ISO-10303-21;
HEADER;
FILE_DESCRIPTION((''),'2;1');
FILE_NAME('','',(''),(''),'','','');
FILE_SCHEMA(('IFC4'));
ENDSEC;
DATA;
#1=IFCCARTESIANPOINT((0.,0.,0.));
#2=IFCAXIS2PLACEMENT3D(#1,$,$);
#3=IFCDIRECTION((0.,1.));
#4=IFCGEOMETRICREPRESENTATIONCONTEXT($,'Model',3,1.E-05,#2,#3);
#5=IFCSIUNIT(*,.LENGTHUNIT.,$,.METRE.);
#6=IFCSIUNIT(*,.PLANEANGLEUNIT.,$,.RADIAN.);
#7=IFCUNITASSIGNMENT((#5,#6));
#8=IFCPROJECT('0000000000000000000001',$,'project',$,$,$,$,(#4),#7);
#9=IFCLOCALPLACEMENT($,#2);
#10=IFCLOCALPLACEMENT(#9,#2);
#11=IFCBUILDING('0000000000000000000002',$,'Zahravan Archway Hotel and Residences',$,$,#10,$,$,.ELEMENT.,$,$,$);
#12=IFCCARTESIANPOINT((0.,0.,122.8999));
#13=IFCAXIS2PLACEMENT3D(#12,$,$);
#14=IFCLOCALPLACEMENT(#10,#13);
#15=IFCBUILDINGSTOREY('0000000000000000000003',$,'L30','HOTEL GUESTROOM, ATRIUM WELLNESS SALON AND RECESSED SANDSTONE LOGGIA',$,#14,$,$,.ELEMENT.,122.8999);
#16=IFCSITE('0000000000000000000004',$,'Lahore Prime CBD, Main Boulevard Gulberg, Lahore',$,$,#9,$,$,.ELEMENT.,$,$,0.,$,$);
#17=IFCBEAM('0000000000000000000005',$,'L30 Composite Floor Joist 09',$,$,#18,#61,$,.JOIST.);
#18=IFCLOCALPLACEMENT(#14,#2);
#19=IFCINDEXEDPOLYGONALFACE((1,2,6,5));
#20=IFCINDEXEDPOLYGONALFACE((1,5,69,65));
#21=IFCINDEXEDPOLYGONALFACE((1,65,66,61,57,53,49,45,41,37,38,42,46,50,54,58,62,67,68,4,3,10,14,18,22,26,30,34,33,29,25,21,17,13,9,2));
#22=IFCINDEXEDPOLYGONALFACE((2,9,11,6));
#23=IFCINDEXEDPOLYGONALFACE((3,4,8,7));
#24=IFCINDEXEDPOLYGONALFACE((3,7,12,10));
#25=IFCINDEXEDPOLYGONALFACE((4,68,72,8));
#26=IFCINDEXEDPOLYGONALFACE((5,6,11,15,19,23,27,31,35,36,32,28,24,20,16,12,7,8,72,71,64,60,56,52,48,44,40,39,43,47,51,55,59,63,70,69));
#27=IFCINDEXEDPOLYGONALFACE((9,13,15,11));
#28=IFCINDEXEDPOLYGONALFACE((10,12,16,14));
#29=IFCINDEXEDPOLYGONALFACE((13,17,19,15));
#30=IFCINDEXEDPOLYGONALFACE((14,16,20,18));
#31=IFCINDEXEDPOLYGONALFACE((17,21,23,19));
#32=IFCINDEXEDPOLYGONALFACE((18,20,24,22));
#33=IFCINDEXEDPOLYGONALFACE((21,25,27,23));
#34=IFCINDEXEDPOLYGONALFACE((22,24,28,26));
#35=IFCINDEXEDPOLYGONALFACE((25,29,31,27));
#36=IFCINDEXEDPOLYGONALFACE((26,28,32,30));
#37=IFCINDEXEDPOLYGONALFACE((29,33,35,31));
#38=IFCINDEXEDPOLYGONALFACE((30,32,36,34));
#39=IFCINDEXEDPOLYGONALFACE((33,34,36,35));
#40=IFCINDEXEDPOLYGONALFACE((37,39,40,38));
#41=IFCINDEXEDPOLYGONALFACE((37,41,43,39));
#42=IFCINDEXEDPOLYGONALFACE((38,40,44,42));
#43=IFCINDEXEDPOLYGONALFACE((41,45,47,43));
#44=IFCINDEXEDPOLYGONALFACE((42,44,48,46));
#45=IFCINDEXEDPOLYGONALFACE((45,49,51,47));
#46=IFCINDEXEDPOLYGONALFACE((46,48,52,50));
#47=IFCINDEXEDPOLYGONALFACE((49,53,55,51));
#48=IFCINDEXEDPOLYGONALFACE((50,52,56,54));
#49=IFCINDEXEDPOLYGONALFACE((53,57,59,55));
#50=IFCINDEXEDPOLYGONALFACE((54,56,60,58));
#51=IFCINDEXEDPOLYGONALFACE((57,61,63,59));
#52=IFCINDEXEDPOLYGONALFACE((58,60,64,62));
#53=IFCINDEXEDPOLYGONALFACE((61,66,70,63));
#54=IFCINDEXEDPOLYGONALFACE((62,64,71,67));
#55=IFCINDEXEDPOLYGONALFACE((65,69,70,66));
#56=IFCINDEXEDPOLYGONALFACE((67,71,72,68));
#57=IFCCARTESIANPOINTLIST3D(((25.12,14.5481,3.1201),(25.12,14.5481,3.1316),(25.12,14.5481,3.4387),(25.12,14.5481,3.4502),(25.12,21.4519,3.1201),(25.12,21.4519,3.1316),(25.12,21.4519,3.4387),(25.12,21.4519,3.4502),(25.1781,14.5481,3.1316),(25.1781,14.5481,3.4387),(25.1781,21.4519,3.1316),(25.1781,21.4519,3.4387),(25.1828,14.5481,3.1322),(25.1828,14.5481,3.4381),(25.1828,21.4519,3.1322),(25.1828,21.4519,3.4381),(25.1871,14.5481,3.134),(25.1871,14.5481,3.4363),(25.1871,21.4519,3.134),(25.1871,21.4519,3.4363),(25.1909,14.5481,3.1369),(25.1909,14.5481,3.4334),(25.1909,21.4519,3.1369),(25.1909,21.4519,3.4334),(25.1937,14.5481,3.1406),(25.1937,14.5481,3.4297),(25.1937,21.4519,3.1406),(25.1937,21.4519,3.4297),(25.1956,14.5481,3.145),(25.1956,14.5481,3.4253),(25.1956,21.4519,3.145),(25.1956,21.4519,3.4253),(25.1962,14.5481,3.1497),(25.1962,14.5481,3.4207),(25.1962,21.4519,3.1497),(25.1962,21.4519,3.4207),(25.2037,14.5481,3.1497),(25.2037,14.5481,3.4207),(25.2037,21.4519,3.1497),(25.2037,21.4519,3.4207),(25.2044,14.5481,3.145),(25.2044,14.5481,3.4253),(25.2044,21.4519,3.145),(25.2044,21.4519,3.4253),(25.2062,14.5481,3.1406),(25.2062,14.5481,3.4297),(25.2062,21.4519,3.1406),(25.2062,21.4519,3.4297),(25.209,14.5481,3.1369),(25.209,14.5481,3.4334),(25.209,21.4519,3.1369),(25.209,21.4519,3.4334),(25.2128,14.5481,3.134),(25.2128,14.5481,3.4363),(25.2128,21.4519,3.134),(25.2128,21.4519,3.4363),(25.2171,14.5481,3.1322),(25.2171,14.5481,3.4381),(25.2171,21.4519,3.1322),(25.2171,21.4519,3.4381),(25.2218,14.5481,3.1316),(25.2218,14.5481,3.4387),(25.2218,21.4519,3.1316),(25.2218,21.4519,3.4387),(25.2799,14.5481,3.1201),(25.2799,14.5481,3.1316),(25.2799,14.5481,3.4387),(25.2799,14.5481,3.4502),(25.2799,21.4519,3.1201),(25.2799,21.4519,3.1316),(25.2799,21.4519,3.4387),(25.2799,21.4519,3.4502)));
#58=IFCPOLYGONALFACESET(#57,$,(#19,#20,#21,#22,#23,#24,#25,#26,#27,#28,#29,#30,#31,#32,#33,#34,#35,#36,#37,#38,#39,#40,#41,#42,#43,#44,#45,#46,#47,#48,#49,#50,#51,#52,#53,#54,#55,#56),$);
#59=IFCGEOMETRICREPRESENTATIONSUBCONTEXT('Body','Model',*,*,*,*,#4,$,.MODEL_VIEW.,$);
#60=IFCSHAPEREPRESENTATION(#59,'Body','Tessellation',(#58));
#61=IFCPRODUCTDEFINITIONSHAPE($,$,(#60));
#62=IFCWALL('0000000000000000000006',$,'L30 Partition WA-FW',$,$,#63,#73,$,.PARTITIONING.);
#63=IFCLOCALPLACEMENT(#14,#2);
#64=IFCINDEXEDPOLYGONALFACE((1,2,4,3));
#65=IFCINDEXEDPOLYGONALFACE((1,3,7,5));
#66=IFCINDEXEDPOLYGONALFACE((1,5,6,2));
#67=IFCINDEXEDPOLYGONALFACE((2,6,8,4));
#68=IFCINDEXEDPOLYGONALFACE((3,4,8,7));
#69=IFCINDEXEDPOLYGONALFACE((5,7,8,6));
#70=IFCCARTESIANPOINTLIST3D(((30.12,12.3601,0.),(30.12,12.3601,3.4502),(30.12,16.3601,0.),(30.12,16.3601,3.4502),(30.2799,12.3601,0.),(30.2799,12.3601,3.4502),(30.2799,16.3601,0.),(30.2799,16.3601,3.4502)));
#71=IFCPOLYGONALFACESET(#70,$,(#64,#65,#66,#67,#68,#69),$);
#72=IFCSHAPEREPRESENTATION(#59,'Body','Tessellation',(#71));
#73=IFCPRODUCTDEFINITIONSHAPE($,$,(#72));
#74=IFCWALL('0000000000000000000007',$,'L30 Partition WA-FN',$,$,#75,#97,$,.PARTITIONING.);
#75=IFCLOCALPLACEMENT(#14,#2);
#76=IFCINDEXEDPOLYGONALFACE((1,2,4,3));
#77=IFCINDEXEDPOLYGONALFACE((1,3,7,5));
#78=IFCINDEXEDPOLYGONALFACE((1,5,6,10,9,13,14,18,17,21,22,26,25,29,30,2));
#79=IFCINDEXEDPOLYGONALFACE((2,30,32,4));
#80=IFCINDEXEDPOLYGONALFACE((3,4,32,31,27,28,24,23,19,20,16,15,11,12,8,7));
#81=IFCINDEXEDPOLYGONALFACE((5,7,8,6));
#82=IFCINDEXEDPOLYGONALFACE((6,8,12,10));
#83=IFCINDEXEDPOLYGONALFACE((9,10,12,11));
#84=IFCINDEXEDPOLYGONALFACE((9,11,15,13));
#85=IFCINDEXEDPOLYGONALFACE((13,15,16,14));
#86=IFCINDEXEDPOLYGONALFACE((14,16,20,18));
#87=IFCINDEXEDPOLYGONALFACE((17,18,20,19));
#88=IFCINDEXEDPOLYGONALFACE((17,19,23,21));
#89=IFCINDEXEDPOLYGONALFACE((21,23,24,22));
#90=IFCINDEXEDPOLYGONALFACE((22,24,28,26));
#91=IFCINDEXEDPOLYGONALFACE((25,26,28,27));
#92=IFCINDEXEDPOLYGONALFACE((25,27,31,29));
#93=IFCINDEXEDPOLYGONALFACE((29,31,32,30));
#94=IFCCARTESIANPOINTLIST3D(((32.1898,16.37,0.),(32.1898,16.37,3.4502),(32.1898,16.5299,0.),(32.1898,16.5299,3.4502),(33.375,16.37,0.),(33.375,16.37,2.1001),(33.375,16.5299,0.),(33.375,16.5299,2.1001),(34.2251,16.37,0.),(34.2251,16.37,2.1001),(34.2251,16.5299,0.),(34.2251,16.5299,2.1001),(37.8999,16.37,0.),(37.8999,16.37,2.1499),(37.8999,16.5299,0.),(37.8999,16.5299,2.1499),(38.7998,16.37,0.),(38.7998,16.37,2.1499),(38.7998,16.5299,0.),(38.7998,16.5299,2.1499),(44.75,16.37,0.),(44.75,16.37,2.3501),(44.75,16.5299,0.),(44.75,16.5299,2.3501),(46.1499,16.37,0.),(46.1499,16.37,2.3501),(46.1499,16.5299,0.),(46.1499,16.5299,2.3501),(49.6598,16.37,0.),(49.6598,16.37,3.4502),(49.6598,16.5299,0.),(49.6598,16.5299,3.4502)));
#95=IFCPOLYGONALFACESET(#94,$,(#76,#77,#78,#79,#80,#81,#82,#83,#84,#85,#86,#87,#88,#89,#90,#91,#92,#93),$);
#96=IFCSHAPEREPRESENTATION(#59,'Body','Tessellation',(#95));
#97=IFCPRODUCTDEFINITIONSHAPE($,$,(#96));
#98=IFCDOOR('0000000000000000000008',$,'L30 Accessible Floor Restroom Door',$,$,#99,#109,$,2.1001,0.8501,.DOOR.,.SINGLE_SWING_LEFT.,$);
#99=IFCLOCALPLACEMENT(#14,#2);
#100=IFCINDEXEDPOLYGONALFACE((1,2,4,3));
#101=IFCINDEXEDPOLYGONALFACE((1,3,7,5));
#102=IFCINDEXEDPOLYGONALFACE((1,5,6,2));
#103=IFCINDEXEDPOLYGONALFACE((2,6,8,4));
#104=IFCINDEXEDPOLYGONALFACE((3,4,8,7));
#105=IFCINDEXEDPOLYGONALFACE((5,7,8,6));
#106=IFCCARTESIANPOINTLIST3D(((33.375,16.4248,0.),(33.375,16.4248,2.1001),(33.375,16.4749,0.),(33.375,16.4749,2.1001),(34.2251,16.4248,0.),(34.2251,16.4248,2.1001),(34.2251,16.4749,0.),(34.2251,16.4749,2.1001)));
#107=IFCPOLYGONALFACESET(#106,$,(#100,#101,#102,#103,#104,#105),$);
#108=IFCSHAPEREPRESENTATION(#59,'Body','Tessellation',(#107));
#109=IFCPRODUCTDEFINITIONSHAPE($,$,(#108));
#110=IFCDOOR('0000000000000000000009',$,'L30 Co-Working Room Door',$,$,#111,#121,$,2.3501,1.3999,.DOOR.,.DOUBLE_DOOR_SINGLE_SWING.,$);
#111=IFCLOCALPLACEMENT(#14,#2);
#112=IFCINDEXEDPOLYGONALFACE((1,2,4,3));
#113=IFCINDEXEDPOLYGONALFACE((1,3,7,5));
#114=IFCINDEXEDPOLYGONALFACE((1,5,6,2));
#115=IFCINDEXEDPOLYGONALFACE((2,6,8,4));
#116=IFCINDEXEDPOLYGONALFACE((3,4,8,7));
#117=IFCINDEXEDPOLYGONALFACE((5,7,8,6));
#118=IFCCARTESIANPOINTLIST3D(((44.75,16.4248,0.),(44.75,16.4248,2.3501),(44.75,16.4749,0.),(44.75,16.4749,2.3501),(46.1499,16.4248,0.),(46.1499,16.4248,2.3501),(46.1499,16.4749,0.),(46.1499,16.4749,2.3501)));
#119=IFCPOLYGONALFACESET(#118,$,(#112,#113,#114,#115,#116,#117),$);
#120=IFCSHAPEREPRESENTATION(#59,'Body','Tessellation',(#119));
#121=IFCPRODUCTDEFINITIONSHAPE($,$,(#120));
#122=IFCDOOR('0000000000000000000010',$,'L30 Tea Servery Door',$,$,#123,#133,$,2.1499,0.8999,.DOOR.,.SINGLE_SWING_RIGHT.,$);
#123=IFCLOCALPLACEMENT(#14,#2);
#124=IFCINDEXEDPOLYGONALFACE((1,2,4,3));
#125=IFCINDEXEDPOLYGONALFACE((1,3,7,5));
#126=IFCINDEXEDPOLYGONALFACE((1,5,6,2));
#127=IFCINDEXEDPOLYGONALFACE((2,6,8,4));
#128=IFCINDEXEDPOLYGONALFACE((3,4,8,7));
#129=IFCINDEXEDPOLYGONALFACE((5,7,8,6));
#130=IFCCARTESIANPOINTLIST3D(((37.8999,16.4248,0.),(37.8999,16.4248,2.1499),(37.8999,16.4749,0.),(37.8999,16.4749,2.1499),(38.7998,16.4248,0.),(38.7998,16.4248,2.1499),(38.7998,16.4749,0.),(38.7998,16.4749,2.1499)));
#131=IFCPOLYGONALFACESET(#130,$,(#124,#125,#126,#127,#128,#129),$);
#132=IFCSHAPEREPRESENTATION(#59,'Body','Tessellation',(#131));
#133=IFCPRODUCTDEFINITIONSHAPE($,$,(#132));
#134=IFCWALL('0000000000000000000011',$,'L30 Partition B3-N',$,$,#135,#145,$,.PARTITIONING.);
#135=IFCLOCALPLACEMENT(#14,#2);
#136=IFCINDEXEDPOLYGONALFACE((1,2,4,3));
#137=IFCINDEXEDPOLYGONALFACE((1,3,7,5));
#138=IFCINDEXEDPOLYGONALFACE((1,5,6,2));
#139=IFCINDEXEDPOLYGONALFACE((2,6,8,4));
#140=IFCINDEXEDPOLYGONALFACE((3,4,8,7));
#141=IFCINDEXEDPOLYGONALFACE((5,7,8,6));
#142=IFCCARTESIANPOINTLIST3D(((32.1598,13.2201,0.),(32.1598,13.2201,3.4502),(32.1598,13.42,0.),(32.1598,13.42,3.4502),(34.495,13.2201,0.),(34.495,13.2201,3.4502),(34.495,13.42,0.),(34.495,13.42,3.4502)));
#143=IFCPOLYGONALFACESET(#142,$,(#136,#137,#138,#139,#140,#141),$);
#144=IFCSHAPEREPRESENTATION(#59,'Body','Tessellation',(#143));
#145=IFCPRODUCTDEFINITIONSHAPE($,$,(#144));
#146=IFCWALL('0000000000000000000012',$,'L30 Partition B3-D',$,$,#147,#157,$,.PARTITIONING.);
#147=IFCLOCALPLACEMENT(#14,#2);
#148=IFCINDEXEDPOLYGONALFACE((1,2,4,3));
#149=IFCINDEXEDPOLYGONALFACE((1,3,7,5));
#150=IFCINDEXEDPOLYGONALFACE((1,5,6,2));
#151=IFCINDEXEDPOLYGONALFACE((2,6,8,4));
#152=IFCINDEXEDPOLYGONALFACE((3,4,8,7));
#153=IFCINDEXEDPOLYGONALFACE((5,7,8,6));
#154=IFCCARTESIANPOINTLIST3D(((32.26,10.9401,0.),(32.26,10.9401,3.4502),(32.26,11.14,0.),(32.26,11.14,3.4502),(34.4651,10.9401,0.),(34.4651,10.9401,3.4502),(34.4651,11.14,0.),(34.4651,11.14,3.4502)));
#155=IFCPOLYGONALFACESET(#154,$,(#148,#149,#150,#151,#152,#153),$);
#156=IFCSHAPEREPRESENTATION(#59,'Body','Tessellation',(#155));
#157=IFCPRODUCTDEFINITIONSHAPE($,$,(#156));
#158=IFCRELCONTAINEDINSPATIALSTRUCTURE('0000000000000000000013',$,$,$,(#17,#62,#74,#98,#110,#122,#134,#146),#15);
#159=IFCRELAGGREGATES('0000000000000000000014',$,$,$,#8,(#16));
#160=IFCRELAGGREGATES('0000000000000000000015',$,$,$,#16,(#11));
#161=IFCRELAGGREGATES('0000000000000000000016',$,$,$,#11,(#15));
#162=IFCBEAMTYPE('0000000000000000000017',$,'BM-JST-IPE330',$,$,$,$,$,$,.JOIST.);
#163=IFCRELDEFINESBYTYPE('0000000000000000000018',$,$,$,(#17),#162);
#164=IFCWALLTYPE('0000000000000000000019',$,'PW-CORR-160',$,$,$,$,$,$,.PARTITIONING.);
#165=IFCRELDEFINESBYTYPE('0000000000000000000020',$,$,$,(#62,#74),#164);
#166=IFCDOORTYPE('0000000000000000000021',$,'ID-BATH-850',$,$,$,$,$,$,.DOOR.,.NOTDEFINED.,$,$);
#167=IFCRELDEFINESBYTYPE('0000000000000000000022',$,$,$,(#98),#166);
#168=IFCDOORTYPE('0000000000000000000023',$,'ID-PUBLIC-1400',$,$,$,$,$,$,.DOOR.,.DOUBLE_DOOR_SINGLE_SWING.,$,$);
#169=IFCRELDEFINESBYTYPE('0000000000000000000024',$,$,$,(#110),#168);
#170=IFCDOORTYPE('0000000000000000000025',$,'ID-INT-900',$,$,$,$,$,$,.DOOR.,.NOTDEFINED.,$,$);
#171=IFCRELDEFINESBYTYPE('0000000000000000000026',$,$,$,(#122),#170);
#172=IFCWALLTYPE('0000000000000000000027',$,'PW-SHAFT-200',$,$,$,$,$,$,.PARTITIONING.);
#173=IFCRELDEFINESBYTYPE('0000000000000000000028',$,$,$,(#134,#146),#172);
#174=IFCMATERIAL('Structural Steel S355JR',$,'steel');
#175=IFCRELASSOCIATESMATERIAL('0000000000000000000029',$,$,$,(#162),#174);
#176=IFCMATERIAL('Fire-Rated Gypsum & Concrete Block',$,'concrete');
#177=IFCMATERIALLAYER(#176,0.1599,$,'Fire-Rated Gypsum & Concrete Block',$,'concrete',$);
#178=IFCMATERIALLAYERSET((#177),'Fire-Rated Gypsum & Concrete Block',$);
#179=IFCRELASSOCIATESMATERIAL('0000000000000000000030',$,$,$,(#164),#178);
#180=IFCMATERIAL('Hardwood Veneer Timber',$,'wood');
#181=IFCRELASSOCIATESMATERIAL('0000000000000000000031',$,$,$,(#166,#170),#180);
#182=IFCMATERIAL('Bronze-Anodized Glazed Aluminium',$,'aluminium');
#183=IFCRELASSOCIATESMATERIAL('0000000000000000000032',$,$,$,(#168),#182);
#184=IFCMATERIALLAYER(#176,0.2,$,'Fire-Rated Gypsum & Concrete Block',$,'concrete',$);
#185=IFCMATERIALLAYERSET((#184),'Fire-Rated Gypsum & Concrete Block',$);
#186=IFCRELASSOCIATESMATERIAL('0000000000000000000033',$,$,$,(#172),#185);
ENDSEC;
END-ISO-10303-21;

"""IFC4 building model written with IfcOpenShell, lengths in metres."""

from ifc_helpers import new_model, si_unit, direction, frame, frame_2d, origin, origin_2d, place, context, subcontext, project, spatial, rectangle, i_section, extrude, source, transform, mapped, material, layer, layer_set, material_profile, profile_set, type_object, type_shapes, element, fill, save


model = new_model("IFC4")

# Units and contexts
model_context = context("Model", 3, precision=1e-05, world=origin(), true_north=direction((0.0, 1.0)))
body_context = subcontext(model_context, "Body", "Model", "MODEL_VIEW")
ifc_project = project(units=[si_unit("LENGTHUNIT", "METRE"), si_unit("PLANEANGLEUNIT", "RADIAN")], contexts=[model_context])

# Site, building, storey
site_placement = place(None, origin())
site = spatial("IfcSite", under=ifc_project, at=site_placement, Name="Lahore Prime CBD, Main Boulevard Gulberg, Lahore", CompositionType="ELEMENT", RefElevation=0.0)
building_placement = place(site_placement, origin())
building = spatial("IfcBuilding", under=site, at=building_placement, Name="Zahravan Archway Hotel and Residences", CompositionType="ELEMENT")
storey_placement = place(building_placement, frame((0.0, 0.0, 122.8999)))
storey = spatial("IfcBuildingStorey", under=building, at=storey_placement, Name="L30", Description="HOTEL GUESTROOM, ATRIUM WELLNESS SALON AND RECESSED SANDSTONE LOGGIA", CompositionType="ELEMENT", Elevation=122.8999)

# Beam
ifc_material_1 = material(Name="Structural Steel S355JR", Category="steel")
ifc_material_profile_1 = material_profile(ifc_material_1, i_section(OverallWidth=0.1599, OverallDepth=0.3301, WebThickness=0.0076, FlangeThickness=0.0115, FilletRadius=0.0181, at=origin_2d()), Name="IPE 330", Category="steel")
ifc_profile_set_1 = profile_set([ifc_material_profile_1], Name="Structural Steel S355JR")
beam_type_1 = type_object("IfcBeamType", Name="BM-JST-IPE330", PredefinedType="JOIST", material=ifc_profile_set_1)
shared_shape_1 = source(origin(), body_context, "Body", "SweptSolid", [
    extrude(i_section(OverallWidth=0.1599, OverallDepth=0.3301, WebThickness=0.0076, FlangeThickness=0.0115, FilletRadius=0.0181, at=origin_2d()), origin(), (0.0, 0.0, 1.0), 6.9038),
])
beam_1_placement = place(storey_placement, frame((25.2, 14.5481, 3.2852), z_axis=(0.0, 1.0, 0.0), x_axis=(-1.0, 0.0, 0.0)))
element("IfcBeam", 1, at=beam_1_placement, inside=storey, type_object=beam_type_1, Name="L30 Composite Floor Joist 09", PredefinedType="JOIST", context=body_context, shape_type="MappedRepresentation", body=[
    mapped(shared_shape_1, transform((0.0, 0.0, 0.0), scale=1.0)),
])

# Wall
ifc_material_2 = material(Name="Fire-Rated Gypsum & Concrete Block", Category="concrete")
ifc_layer_1 = layer(ifc_material_2, 0.1599, Name="Fire-Rated Gypsum & Concrete Block", Category="concrete")
ifc_layer_set_1 = layer_set([ifc_layer_1], Name="Fire-Rated Gypsum & Concrete Block")
wall_type_1 = type_object("IfcWallType", Name="PW-CORR-160", PredefinedType="PARTITIONING", material=ifc_layer_set_1)
wall_1_placement = place(storey_placement, frame((30.2, 12.3601, 0.0), z_axis=(0.0, 0.0, 1.0), x_axis=(0.0, 1.0, 0.0)))
element("IfcWall", 2, at=wall_1_placement, inside=storey, type_object=wall_type_1, Name="L30 Partition WA-FW", PredefinedType="PARTITIONING", context=body_context, shape_type="SweptSolid", body=[
    extrude(rectangle(XDim=4.0, YDim=0.1599, at=frame_2d((2.0, 0.0))), origin(), (0.0, 0.0, 1.0), 3.4502),
])

# Wall, openings, doors
wall_2_placement = place(storey_placement, frame((32.1899, 16.45, 0.0), z_axis=(0.0, 0.0, 1.0), x_axis=(1.0, 0.0, 0.0)))
wall_2 = element("IfcWall", 3, at=wall_2_placement, inside=storey, type_object=wall_type_1, Name="L30 Partition WA-FN", PredefinedType="PARTITIONING", context=body_context, shape_type="SweptSolid", body=[
    extrude(rectangle(XDim=17.47, YDim=0.1599, at=frame_2d((8.7349, 0.0))), origin(), (0.0, 0.0, 1.0), 3.4502),
])
opening_1_placement = place(wall_2_placement, frame((1.1851, 0.0, 0.0)))
opening_1 = element("IfcOpeningElement", 4, at=opening_1_placement, cuts=wall_2, PredefinedType="OPENING", context=body_context, shape_type="SweptSolid", body=[
    extrude(rectangle(XDim=0.8501, YDim=2.1001, at=frame_2d((0.425, 1.05))), frame((0.0, 0.0898, 0.0), z_axis=(0.0, -1.0, 0.0), x_axis=(1.0, 0.0, 0.0)), (0.0, 0.0, 1.0), 0.1799),
])
opening_2_placement = place(wall_2_placement, frame((5.71, 0.0, 0.0)))
opening_2 = element("IfcOpeningElement", 5, at=opening_2_placement, cuts=wall_2, PredefinedType="OPENING", context=body_context, shape_type="SweptSolid", body=[
    extrude(rectangle(XDim=0.8999, YDim=2.1499, at=frame_2d((0.45, 1.075))), frame((0.0, 0.0898, 0.0), z_axis=(0.0, -1.0, 0.0), x_axis=(1.0, 0.0, 0.0)), (0.0, 0.0, 1.0), 0.1799),
])
opening_3_placement = place(wall_2_placement, frame((12.5601, 0.0, 0.0)))
opening_3 = element("IfcOpeningElement", 6, at=opening_3_placement, cuts=wall_2, PredefinedType="OPENING", context=body_context, shape_type="SweptSolid", body=[
    extrude(rectangle(XDim=1.3999, YDim=2.3501, at=frame_2d((0.7, 1.175))), frame((0.0, 0.0898, 0.0), z_axis=(0.0, -1.0, 0.0), x_axis=(1.0, 0.0, 0.0)), (0.0, 0.0, 1.0), 0.1799),
])
ifc_material_3 = material(Name="Hardwood Veneer Timber", Category="wood")
door_type_1 = type_object("IfcDoorType", Name="ID-BATH-850", OperationType="NOTDEFINED", PredefinedType="DOOR", material=ifc_material_3)
shared_shape_2 = source(origin(), body_context, "Body", "SweptSolid", [
    extrude(rectangle(XDim=0.8501, YDim=2.1001, at=frame_2d((0.425, 1.05))), frame((0.0, 0.0249, 0.0), z_axis=(0.0, -1.0, 0.0), x_axis=(1.0, 0.0, 0.0)), (0.0, 0.0, 1.0), 0.05),
])
type_shapes(door_type_1, [shared_shape_2])
door_1_placement = place(opening_1_placement, origin())
door_1 = element("IfcDoor", 7, at=door_1_placement, inside=storey, type_object=door_type_1, Name="L30 Accessible Floor Restroom Door", OperationType="SINGLE_SWING_LEFT", OverallHeight=2.1001, OverallWidth=0.8501, PredefinedType="DOOR", context=body_context, shape_type="MappedRepresentation", body=[
    mapped(shared_shape_2, transform((0.0, 0.0, 0.0), scale=1.0)),
])
fill(opening_1, door_1)
ifc_material_4 = material(Name="Bronze-Anodized Glazed Aluminium", Category="aluminium")
door_type_2 = type_object("IfcDoorType", Name="ID-PUBLIC-1400", OperationType="DOUBLE_DOOR_SINGLE_SWING", PredefinedType="DOOR", material=ifc_material_4)
shared_shape_3 = source(origin(), body_context, "Body", "SweptSolid", [
    extrude(rectangle(XDim=1.3999, YDim=2.3501, at=frame_2d((0.7, 1.175))), frame((0.0, 0.0249, 0.0), z_axis=(0.0, -1.0, 0.0), x_axis=(1.0, 0.0, 0.0)), (0.0, 0.0, 1.0), 0.05),
])
type_shapes(door_type_2, [shared_shape_3])
door_2_placement = place(opening_3_placement, origin())
door_2 = element("IfcDoor", 8, at=door_2_placement, inside=storey, type_object=door_type_2, Name="L30 Co-Working Room Door", OperationType="DOUBLE_DOOR_SINGLE_SWING", OverallHeight=2.3501, OverallWidth=1.3999, PredefinedType="DOOR", context=body_context, shape_type="MappedRepresentation", body=[
    mapped(shared_shape_3, transform((0.0, 0.0, 0.0), scale=1.0)),
])
fill(opening_3, door_2)
door_type_3 = type_object("IfcDoorType", Name="ID-INT-900", OperationType="NOTDEFINED", PredefinedType="DOOR", material=ifc_material_3)
shared_shape_4 = source(origin(), body_context, "Body", "SweptSolid", [
    extrude(rectangle(XDim=0.8999, YDim=2.1499, at=frame_2d((0.45, 1.075))), frame((0.0, 0.0249, 0.0), z_axis=(0.0, -1.0, 0.0), x_axis=(1.0, 0.0, 0.0)), (0.0, 0.0, 1.0), 0.05),
])
type_shapes(door_type_3, [shared_shape_4])
door_3_placement = place(opening_2_placement, origin())
door_3 = element("IfcDoor", 9, at=door_3_placement, inside=storey, type_object=door_type_3, Name="L30 Tea Servery Door", OperationType="SINGLE_SWING_RIGHT", OverallHeight=2.1499, OverallWidth=0.8999, PredefinedType="DOOR", context=body_context, shape_type="MappedRepresentation", body=[
    mapped(shared_shape_4, transform((0.0, 0.0, 0.0), scale=1.0)),
])
fill(opening_2, door_3)

# Walls
ifc_layer_2 = layer(ifc_material_2, 0.2, Name="Fire-Rated Gypsum & Concrete Block", Category="concrete")
ifc_layer_set_2 = layer_set([ifc_layer_2], Name="Fire-Rated Gypsum & Concrete Block")
wall_type_2 = type_object("IfcWallType", Name="PW-SHAFT-200", PredefinedType="PARTITIONING", material=ifc_layer_set_2)
wall_3_placement = place(storey_placement, frame((32.1599, 13.3201, 0.0), z_axis=(0.0, 0.0, 1.0), x_axis=(1.0, 0.0, 0.0)))
element("IfcWall", 10, at=wall_3_placement, inside=storey, type_object=wall_type_2, Name="L30 Partition B3-N", PredefinedType="PARTITIONING", context=body_context, shape_type="SweptSolid", body=[
    extrude(rectangle(XDim=2.3352, YDim=0.2, at=frame_2d((1.1675, 0.0))), origin(), (0.0, 0.0, 1.0), 3.4502),
])
wall_4_placement = place(storey_placement, frame((32.26, 11.04, 0.0), z_axis=(0.0, 0.0, 1.0), x_axis=(1.0, 0.0, 0.0)))
element("IfcWall", 11, at=wall_4_placement, inside=storey, type_object=wall_type_2, Name="L30 Partition B3-D", PredefinedType="PARTITIONING", context=body_context, shape_type="SweptSolid", body=[
    extrude(rectangle(XDim=2.2051, YDim=0.2, at=frame_2d((1.1025, 0.0))), origin(), (0.0, 0.0, 1.0), 3.4502),
])

save(model, "model.ifc")
